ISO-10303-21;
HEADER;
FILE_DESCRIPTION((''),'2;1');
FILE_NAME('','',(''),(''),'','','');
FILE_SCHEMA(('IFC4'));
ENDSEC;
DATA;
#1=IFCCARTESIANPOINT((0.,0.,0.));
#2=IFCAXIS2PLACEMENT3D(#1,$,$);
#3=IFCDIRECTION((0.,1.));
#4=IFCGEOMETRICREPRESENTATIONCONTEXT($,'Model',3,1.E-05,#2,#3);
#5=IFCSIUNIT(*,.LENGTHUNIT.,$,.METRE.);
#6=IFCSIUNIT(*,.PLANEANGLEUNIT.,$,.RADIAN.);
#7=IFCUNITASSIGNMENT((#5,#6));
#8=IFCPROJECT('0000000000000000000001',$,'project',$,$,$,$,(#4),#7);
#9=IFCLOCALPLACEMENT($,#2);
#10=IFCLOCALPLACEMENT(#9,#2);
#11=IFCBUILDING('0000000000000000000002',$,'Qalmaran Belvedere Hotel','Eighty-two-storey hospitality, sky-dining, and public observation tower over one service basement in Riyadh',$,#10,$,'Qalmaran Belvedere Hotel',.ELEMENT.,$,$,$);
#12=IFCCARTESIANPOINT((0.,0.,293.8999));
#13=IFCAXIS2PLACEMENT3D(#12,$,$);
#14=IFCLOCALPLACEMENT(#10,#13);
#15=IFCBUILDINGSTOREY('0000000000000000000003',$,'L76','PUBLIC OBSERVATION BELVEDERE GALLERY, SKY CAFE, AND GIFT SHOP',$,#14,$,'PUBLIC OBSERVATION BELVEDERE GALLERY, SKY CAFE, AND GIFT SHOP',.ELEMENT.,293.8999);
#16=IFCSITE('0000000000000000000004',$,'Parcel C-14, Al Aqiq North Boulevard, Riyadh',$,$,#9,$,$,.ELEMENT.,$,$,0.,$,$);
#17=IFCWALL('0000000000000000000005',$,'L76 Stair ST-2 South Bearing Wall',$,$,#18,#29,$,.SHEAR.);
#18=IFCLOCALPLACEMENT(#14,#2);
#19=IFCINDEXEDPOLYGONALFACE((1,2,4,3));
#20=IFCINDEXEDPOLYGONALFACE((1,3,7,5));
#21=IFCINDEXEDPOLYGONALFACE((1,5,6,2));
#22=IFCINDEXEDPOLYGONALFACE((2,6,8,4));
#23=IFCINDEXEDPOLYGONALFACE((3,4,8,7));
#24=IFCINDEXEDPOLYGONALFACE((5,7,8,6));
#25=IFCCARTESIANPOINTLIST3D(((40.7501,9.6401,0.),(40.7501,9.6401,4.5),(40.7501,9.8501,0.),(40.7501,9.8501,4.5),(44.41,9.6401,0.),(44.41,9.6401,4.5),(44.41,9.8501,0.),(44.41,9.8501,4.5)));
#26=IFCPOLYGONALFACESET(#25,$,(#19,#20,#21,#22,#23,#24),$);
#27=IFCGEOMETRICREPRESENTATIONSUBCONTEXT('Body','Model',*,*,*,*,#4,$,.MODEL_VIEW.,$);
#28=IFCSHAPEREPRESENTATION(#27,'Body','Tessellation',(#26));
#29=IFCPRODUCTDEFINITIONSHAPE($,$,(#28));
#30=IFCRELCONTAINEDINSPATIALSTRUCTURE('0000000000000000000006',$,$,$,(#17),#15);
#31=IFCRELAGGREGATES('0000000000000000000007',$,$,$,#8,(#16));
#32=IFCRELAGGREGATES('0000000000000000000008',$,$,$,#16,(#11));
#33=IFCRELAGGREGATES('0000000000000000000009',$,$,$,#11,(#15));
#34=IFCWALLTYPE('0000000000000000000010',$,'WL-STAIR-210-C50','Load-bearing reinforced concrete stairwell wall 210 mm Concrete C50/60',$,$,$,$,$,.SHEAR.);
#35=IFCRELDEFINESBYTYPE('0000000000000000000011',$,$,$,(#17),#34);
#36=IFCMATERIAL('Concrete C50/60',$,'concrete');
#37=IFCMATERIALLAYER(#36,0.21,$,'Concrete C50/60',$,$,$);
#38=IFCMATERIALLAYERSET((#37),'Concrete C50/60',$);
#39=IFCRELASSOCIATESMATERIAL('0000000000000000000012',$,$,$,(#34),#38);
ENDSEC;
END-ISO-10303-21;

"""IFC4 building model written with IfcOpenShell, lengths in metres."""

from ifc_helpers import new_model, si_unit, direction, frame, frame_2d, origin, place, context, subcontext, project, spatial, rectangle, extrude, material, layer, layer_set, type_object, element, save


model = new_model("IFC4")

# Units and contexts
model_context = context("Model", 3, precision=1e-05, world=origin(), true_north=direction((0.0, 1.0)))
body_context = subcontext(model_context, "Body", "Model", "MODEL_VIEW")
ifc_project = project(units=[si_unit("LENGTHUNIT", "METRE"), si_unit("PLANEANGLEUNIT", "RADIAN")], contexts=[model_context])

# Site, building, storey
site_placement = place(None, origin())
site = spatial("IfcSite", under=ifc_project, at=site_placement, Name="Parcel C-14, Al Aqiq North Boulevard, Riyadh", CompositionType="ELEMENT", RefElevation=0.0)
building_placement = place(site_placement, origin())
building = spatial("IfcBuilding", under=site, at=building_placement, Name="Qalmaran Belvedere Hotel", Description="Eighty-two-storey hospitality, sky-dining, and public observation tower over one service basement in Riyadh", LongName="Qalmaran Belvedere Hotel", CompositionType="ELEMENT")
storey_placement = place(building_placement, frame((0.0, 0.0, 293.8999)))
storey = spatial("IfcBuildingStorey", under=building, at=storey_placement, Name="L76", Description="PUBLIC OBSERVATION BELVEDERE GALLERY, SKY CAFE, AND GIFT SHOP", LongName="PUBLIC OBSERVATION BELVEDERE GALLERY, SKY CAFE, AND GIFT SHOP", CompositionType="ELEMENT", Elevation=293.8999)

# Shared definitions
ifc_material_1 = material(Name="Concrete C50/60", Category="concrete")

# Wall
ifc_layer_1 = layer(ifc_material_1, 0.21, Name="Concrete C50/60")
ifc_layer_set_1 = layer_set([ifc_layer_1], Name="Concrete C50/60")
wall_type_1 = type_object("IfcWallType", Name="WL-STAIR-210-C50", Description="Load-bearing reinforced concrete stairwell wall 210 mm Concrete C50/60", PredefinedType="SHEAR", material=ifc_layer_set_1)
wall_1_placement = place(storey_placement, frame((40.75, 9.7451, 0.0), z_axis=(0.0, 0.0, 1.0), x_axis=(1.0, 0.0, 0.0)))
element("IfcWall", 1, at=wall_1_placement, inside=storey, type_object=wall_type_1, Name="L76 Stair ST-2 South Bearing Wall", PredefinedType="SHEAR", context=body_context, shape_type="SweptSolid", body=[
    extrude(rectangle(XDim=3.6599, YDim=0.21, at=frame_2d((1.8301, 0.0))), origin(), (0.0, 0.0, 1.0), 4.5),
])

save(model, "model.ifc")
